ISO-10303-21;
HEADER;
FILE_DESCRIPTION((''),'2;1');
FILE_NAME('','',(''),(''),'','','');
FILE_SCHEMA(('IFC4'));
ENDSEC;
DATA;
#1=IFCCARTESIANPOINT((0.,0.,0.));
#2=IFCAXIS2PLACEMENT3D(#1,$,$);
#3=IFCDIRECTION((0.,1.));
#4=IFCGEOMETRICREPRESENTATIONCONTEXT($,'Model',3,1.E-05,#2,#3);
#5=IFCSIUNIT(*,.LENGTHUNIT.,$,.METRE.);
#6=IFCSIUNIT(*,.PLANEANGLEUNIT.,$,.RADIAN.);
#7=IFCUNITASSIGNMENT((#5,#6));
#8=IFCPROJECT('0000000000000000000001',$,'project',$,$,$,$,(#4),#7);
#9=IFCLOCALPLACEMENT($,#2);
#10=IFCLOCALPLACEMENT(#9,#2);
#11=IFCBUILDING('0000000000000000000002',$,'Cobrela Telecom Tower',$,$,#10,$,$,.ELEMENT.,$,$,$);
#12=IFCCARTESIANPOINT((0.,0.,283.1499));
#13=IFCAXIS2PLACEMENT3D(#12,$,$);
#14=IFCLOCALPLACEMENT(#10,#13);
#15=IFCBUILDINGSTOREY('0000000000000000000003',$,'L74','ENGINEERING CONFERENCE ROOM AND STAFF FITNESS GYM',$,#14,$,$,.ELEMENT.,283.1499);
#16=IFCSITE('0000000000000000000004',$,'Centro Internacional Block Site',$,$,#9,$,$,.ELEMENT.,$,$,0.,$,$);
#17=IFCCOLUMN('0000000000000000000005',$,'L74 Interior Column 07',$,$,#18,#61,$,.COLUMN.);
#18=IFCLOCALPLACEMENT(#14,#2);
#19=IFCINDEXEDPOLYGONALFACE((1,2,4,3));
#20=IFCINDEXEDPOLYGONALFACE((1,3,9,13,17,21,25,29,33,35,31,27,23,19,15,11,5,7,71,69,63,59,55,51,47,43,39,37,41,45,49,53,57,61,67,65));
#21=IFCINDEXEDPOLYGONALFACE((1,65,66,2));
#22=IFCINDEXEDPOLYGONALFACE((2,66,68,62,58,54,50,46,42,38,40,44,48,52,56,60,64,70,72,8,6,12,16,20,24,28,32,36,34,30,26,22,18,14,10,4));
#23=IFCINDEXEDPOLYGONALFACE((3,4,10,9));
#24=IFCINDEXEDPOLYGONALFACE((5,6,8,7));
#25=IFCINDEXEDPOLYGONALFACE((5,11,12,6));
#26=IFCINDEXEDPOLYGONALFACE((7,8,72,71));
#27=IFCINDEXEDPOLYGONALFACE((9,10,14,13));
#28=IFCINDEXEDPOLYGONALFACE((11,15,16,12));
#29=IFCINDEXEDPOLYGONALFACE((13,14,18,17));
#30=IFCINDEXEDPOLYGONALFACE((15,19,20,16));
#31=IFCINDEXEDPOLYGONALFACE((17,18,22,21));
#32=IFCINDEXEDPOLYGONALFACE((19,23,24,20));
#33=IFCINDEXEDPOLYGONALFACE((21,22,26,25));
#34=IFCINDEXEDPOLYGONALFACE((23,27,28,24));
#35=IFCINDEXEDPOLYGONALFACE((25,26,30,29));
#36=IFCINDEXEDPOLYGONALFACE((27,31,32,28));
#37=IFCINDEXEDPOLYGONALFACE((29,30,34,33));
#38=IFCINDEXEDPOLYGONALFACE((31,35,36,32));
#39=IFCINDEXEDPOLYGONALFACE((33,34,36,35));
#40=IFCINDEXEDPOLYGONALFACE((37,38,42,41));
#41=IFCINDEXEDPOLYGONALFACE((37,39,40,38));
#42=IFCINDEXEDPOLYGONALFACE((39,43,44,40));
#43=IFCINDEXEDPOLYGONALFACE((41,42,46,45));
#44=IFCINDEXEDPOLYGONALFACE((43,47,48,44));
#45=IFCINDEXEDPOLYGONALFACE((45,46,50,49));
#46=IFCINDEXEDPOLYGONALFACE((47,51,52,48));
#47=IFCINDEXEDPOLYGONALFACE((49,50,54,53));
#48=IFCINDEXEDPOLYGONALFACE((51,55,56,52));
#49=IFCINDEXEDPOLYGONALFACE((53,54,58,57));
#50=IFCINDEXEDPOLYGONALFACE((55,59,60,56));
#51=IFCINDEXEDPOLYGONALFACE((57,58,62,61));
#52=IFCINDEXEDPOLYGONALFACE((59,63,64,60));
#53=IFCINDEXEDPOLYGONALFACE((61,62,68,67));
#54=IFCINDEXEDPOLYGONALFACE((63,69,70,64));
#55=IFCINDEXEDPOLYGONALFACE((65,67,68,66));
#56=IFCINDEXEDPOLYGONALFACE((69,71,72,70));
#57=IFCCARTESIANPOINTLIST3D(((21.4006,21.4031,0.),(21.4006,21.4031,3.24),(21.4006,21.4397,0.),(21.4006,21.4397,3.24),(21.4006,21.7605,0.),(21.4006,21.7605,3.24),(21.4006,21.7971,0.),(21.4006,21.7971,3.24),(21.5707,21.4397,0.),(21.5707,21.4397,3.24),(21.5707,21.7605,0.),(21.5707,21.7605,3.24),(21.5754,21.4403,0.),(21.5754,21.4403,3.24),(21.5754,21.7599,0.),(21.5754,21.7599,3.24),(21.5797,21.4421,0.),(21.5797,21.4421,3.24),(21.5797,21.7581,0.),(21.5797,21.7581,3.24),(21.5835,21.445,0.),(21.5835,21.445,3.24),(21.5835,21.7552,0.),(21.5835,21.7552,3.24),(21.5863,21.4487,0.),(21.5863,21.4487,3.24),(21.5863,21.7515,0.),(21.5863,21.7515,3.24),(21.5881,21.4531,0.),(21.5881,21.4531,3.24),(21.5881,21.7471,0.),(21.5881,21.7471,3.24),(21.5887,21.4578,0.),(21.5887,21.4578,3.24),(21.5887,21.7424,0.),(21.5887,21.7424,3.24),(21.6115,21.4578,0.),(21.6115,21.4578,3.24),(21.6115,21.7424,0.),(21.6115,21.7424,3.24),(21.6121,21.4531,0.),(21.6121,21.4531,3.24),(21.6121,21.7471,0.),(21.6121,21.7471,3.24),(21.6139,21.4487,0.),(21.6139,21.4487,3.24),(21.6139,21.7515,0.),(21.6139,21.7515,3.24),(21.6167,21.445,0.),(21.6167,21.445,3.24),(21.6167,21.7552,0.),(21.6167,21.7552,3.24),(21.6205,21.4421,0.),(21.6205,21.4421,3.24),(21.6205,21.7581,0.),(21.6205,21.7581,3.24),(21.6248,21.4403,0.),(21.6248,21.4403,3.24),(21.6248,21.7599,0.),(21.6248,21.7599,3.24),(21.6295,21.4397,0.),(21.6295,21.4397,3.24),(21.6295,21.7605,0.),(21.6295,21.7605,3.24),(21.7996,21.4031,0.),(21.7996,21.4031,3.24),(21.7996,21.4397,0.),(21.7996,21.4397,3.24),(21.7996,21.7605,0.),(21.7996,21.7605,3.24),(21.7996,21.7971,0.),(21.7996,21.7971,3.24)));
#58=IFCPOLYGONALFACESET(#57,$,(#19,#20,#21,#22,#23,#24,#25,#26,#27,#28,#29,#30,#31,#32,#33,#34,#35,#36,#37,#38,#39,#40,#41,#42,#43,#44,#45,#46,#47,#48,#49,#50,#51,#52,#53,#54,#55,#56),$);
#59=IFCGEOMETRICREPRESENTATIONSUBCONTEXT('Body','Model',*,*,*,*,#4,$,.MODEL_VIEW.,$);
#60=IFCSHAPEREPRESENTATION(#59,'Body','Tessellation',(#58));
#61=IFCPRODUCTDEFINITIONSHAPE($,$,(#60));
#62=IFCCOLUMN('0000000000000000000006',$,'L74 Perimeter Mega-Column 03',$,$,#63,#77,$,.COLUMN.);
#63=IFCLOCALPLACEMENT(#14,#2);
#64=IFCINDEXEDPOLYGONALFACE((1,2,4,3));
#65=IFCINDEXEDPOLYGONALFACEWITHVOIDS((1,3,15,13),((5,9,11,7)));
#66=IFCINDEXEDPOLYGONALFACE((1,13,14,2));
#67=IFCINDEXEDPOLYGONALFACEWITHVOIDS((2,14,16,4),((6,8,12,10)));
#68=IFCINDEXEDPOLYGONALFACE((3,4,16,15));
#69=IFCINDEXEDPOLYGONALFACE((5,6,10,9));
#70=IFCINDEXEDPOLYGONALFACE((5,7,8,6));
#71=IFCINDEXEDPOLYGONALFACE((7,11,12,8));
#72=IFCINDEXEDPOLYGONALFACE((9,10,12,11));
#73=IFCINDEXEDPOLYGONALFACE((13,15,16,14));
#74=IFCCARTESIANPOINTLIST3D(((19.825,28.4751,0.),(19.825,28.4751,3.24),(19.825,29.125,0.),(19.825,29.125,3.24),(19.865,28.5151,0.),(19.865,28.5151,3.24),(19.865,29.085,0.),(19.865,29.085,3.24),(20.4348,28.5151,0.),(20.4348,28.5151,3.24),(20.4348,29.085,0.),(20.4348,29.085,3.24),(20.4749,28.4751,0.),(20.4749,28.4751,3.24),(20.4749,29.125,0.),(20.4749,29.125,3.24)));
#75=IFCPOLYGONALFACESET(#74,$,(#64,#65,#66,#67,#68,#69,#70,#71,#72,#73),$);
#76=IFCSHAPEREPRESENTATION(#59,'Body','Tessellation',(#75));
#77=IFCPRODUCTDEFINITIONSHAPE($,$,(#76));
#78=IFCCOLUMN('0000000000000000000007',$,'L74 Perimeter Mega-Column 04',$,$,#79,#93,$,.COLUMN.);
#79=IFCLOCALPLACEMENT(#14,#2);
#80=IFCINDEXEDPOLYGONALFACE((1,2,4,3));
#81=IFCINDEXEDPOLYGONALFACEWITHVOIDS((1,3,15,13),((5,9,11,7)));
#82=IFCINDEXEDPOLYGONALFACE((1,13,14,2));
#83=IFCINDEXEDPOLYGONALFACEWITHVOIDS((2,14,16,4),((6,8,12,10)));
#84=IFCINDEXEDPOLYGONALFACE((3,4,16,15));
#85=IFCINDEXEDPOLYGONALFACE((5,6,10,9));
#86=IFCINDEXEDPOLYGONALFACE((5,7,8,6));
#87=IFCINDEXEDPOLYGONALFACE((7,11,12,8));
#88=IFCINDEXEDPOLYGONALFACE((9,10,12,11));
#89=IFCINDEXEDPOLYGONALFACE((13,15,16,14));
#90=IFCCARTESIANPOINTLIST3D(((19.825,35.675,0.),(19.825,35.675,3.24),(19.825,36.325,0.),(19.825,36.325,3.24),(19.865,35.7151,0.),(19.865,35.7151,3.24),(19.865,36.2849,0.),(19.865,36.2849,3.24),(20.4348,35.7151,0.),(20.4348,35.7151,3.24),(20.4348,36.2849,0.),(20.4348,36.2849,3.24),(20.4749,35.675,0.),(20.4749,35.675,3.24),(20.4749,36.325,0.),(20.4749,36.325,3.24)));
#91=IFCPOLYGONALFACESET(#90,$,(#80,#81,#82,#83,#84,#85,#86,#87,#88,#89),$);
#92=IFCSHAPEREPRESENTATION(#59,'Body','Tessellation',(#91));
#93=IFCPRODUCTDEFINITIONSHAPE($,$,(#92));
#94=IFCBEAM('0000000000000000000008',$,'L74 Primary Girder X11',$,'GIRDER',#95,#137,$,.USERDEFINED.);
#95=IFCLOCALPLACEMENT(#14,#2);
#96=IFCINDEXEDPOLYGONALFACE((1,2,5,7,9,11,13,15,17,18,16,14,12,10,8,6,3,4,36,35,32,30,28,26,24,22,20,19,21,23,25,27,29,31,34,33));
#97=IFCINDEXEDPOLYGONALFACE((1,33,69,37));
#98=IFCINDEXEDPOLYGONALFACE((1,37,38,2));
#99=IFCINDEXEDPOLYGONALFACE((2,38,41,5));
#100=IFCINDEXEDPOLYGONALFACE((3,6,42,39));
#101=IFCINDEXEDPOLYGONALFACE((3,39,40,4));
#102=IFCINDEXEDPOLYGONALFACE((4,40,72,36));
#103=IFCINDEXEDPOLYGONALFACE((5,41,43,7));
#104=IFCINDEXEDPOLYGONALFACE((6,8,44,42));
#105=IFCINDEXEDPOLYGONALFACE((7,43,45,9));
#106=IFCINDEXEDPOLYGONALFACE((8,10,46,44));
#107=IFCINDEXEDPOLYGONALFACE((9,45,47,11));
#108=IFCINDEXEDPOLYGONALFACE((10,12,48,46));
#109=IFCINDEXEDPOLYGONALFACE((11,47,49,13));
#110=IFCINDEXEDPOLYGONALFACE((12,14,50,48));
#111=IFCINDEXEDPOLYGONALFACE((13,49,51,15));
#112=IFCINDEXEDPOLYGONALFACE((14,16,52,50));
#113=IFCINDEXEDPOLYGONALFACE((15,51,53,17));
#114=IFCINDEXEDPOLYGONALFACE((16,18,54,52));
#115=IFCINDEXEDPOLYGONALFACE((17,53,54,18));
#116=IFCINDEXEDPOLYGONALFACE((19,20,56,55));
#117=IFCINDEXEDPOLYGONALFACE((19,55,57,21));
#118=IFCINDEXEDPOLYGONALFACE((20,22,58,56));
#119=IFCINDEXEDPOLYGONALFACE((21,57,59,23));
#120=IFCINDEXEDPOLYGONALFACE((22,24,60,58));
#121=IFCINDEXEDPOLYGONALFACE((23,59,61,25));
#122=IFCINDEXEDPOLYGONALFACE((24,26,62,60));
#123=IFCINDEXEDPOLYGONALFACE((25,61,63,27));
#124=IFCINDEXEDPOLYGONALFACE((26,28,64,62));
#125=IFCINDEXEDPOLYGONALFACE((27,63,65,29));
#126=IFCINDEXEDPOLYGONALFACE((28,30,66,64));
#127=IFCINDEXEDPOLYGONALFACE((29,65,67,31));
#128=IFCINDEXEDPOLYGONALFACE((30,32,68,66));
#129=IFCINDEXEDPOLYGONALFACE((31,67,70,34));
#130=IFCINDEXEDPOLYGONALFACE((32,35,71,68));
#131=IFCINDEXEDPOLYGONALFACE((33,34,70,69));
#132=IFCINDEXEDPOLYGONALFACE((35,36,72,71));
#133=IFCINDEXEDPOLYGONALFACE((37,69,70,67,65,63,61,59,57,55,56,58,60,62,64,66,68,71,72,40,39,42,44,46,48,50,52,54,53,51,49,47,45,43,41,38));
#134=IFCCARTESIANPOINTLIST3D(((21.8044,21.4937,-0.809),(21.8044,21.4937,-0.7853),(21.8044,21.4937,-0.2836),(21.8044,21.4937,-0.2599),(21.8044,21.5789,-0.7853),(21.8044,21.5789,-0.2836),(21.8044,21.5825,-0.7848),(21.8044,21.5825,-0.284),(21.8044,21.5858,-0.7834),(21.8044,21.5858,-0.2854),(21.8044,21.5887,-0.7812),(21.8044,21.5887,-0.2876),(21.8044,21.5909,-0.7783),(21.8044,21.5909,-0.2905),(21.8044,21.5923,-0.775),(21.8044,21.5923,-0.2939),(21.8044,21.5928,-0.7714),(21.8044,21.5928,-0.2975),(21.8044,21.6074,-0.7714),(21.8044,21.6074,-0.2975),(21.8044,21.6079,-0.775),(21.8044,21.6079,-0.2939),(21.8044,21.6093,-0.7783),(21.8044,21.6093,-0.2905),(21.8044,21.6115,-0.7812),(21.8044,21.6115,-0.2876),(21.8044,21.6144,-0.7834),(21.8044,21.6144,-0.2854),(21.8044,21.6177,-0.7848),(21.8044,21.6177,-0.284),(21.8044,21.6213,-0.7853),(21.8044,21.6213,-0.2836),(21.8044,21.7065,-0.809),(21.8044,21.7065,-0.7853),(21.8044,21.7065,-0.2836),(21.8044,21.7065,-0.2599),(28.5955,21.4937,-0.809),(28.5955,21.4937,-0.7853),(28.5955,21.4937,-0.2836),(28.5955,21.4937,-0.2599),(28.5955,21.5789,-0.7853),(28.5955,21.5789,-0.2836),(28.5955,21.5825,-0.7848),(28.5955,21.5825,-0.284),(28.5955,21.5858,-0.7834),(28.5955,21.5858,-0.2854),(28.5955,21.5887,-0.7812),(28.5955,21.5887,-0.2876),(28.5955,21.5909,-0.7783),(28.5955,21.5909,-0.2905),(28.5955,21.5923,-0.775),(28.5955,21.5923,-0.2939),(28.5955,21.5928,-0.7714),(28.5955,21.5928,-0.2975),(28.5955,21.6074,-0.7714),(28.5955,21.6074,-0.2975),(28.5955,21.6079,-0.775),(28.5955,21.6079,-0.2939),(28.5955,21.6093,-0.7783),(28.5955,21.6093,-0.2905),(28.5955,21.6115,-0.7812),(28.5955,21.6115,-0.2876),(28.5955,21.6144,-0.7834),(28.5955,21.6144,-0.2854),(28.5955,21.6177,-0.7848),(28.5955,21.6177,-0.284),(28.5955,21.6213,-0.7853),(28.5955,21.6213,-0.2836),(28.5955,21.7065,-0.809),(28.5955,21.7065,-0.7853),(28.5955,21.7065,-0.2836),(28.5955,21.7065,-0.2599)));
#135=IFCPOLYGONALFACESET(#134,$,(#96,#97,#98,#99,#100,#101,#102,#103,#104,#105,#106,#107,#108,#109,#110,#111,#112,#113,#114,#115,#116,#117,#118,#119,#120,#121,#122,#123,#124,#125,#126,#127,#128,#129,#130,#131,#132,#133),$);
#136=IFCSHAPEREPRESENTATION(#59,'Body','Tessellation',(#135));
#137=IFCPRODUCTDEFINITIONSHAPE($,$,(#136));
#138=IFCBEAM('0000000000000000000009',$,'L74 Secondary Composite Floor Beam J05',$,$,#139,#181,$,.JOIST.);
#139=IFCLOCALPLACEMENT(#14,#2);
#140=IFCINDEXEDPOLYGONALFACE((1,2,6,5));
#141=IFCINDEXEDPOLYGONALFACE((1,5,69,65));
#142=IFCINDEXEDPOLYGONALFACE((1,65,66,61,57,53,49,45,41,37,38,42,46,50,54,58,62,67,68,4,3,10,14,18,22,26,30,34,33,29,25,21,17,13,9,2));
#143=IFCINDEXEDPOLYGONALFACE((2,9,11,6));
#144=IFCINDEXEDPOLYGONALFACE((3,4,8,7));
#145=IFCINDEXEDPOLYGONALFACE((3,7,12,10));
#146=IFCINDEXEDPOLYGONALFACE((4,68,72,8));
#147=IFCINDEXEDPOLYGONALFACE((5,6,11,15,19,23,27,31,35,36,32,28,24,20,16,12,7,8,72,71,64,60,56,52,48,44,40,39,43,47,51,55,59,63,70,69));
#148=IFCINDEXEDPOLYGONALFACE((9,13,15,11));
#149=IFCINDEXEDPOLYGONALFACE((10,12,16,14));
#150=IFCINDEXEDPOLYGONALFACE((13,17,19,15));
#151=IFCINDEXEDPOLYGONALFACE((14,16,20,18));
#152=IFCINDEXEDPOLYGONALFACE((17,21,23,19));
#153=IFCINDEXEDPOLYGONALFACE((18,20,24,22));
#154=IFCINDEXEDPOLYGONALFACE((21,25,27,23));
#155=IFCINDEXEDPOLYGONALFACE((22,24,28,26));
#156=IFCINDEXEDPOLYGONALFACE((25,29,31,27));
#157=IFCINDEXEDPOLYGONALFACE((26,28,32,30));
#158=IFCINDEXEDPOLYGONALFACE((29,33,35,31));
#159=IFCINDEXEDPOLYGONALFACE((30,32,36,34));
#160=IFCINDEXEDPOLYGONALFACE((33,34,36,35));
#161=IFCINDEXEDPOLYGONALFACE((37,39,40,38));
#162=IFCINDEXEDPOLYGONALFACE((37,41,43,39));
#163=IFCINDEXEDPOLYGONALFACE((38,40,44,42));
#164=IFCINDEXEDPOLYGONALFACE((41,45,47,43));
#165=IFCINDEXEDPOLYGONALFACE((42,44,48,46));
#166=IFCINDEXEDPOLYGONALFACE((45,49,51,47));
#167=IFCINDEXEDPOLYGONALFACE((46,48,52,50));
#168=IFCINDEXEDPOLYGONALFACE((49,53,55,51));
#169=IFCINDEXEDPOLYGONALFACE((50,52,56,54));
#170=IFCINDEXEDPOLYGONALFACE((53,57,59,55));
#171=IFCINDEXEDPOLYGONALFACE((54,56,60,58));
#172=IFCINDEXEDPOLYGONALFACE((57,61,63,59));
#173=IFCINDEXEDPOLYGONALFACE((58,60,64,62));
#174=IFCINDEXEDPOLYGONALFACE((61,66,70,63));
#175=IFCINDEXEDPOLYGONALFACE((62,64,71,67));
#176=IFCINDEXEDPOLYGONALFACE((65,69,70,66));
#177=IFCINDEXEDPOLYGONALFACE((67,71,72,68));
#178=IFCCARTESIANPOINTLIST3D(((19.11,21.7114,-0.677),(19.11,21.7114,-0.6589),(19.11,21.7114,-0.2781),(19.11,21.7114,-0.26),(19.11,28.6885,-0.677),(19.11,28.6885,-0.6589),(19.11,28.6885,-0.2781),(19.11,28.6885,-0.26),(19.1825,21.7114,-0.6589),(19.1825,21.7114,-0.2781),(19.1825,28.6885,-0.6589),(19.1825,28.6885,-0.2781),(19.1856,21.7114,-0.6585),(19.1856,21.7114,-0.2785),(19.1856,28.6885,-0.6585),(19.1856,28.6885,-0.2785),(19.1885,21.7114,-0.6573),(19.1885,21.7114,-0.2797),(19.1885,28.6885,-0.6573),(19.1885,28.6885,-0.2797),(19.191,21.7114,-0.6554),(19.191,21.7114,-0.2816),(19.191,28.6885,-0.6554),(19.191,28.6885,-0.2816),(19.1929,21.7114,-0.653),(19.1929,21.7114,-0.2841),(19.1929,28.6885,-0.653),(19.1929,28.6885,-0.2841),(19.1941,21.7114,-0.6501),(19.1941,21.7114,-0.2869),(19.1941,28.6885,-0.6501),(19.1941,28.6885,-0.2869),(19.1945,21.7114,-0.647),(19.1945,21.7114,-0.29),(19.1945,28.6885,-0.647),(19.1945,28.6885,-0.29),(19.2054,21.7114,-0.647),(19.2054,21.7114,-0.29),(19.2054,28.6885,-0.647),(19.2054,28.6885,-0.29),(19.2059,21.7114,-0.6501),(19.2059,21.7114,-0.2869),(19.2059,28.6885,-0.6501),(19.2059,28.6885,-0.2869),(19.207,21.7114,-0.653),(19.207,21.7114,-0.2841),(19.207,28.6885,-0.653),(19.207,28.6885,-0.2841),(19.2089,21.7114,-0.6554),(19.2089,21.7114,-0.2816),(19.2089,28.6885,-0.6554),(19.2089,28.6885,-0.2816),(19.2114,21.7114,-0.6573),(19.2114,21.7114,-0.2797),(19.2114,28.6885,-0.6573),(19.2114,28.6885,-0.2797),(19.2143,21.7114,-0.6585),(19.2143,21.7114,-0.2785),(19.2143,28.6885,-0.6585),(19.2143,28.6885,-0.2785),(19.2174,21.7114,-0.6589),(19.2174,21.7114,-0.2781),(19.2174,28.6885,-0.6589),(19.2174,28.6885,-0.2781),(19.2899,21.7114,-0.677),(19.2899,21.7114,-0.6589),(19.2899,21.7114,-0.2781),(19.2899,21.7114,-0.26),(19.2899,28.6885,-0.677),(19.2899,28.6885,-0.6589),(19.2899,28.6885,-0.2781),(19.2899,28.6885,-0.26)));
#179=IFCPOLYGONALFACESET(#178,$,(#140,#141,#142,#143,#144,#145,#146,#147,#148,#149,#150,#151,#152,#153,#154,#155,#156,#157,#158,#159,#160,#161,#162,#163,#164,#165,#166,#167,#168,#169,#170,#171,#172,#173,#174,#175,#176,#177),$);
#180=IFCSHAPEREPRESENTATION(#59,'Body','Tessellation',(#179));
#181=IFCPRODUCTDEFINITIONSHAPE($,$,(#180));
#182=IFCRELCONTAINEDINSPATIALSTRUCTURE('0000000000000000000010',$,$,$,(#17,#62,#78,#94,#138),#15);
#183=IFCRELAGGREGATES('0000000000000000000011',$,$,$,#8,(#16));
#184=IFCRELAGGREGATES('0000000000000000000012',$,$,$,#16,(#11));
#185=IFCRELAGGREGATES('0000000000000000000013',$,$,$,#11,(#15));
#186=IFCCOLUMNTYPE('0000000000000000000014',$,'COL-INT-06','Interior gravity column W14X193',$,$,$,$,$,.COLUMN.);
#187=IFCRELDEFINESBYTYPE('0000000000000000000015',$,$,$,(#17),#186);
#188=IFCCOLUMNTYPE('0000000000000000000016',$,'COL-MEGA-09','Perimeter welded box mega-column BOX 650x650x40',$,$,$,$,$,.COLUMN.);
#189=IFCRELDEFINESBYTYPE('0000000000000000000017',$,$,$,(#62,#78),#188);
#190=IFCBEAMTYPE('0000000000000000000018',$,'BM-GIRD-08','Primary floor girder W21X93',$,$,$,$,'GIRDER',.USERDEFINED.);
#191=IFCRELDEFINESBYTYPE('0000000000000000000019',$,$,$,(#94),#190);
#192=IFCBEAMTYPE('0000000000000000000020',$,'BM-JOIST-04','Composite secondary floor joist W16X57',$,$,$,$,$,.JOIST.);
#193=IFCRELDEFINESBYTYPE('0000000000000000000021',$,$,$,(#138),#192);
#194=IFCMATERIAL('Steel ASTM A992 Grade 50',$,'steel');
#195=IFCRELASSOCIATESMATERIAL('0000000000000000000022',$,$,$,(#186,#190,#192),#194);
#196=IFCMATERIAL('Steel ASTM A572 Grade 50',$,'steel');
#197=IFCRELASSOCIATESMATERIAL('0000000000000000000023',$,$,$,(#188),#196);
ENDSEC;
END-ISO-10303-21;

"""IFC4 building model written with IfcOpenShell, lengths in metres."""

from ifc_helpers import new_model, si_unit, direction, frame, origin, origin_2d, place, context, subcontext, project, spatial, hollow_rectangle, i_section, extrude, material, material_profile, profile_set, type_object, element, save


model = new_model("IFC4")

# Units and contexts
model_context = context("Model", 3, precision=1e-05, world=origin(), true_north=direction((0.0, 1.0)))
body_context = subcontext(model_context, "Body", "Model", "MODEL_VIEW")
ifc_project = project(units=[si_unit("LENGTHUNIT", "METRE"), si_unit("PLANEANGLEUNIT", "RADIAN")], contexts=[model_context])

# Site, building, storey
site_placement = place(None, origin())
site = spatial("IfcSite", under=ifc_project, at=site_placement, Name="Centro Internacional Block Site", CompositionType="ELEMENT", RefElevation=0.0)
building_placement = place(site_placement, origin())
building = spatial("IfcBuilding", under=site, at=building_placement, Name="Cobrela Telecom Tower", CompositionType="ELEMENT")
storey_placement = place(building_placement, frame((0.0, 0.0, 283.1499)))
storey = spatial("IfcBuildingStorey", under=building, at=storey_placement, Name="L74", Description="ENGINEERING CONFERENCE ROOM AND STAFF FITNESS GYM", CompositionType="ELEMENT", Elevation=283.1499)

# Columns
ifc_material_1 = material(Name="Steel ASTM A992 Grade 50", Category="steel")
ifc_material_profile_1 = material_profile(ifc_material_1, i_section(OverallWidth=0.3989, OverallDepth=0.394, WebThickness=0.0227, FlangeThickness=0.0366, FilletRadius=0.0181, at=origin_2d()), Name="W14X193")
ifc_profile_set_1 = profile_set([ifc_material_profile_1], Name="Steel ASTM A992 Grade 50")
column_type_1 = type_object("IfcColumnType", Name="COL-INT-06", Description="Interior gravity column W14X193", PredefinedType="COLUMN", material=ifc_profile_set_1)
column_placement = place(storey_placement, frame((21.6001, 21.6001, 0.0), z_axis=(0.0, 0.0, 1.0), x_axis=(1.0, 0.0, 0.0)))
element("IfcColumn", 1, at=column_placement, inside=storey, type_object=column_type_1, Name="L74 Interior Column 07", PredefinedType="COLUMN", context=body_context, shape_type="SweptSolid", body=[
    extrude(i_section(OverallWidth=0.3989, OverallDepth=0.394, WebThickness=0.0227, FlangeThickness=0.0366, FilletRadius=0.0181, at=origin_2d()), origin(), (0.0, 0.0, 1.0), 3.24),
])
ifc_material_2 = material(Name="Steel ASTM A572 Grade 50", Category="steel")
ifc_material_profile_2 = material_profile(ifc_material_2, hollow_rectangle(XDim=0.6499, YDim=0.6499, WallThickness=0.04, at=origin_2d()), Name="BOX 650x650x40")
ifc_profile_set_2 = profile_set([ifc_material_profile_2], Name="Steel ASTM A572 Grade 50")
column_type_2 = type_object("IfcColumnType", Name="COL-MEGA-09", Description="Perimeter welded box mega-column BOX 650x650x40", PredefinedType="COLUMN", material=ifc_profile_set_2)
for number, where, z_axis, x_axis, name in (
    (2, (20.1499, 28.8, 0.0), (0.0, 0.0, 1.0), (1.0, 0.0, 0.0), "L74 Perimeter Mega-Column 03"),
    (3, (20.1499, 36.0, 0.0), (0.0, 0.0, 1.0), (1.0, 0.0, 0.0), "L74 Perimeter Mega-Column 04"),
):
    element("IfcColumn", number, at=place(storey_placement, frame(where, z_axis=z_axis, x_axis=x_axis)), inside=storey, type_object=column_type_2, Name=name, PredefinedType="COLUMN", context=body_context, shape_type="SweptSolid", body=[
        extrude(hollow_rectangle(XDim=0.6499, YDim=0.6499, WallThickness=0.04, at=origin_2d()), origin(), (0.0, 0.0, 1.0), 3.24),
    ])

# Beams
ifc_material_profile_3 = material_profile(ifc_material_1, i_section(OverallWidth=0.2129, OverallDepth=0.5491, WebThickness=0.0146, FlangeThickness=0.0237, FilletRadius=0.0139, at=origin_2d()), Name="W21X93")
ifc_profile_set_3 = profile_set([ifc_material_profile_3], Name="Steel ASTM A992 Grade 50")
beam_type_1 = type_object("IfcBeamType", Name="BM-GIRD-08", Description="Primary floor girder W21X93", ElementType="GIRDER", PredefinedType="USERDEFINED", material=ifc_profile_set_3)
beam_1_placement = place(storey_placement, frame((21.8044, 21.6001, -0.5344), z_axis=(1.0, 0.0, 0.0), x_axis=(0.0, 1.0, 0.0)))
element("IfcBeam", 4, at=beam_1_placement, inside=storey, type_object=beam_type_1, Name="L74 Primary Girder X11", ObjectType="GIRDER", PredefinedType="USERDEFINED", context=body_context, shape_type="SweptSolid", body=[
    extrude(i_section(OverallWidth=0.2129, OverallDepth=0.5491, WebThickness=0.0146, FlangeThickness=0.0237, FilletRadius=0.0139, at=origin_2d()), origin(), (0.0, 0.0, 1.0), 6.791),
])
ifc_material_profile_4 = material_profile(ifc_material_1, i_section(OverallWidth=0.1799, OverallDepth=0.417, WebThickness=0.011, FlangeThickness=0.0181, FilletRadius=0.012, at=origin_2d()), Name="W16X57")
ifc_profile_set_4 = profile_set([ifc_material_profile_4], Name="Steel ASTM A992 Grade 50")
beam_type_2 = type_object("IfcBeamType", Name="BM-JOIST-04", Description="Composite secondary floor joist W16X57", PredefinedType="JOIST", material=ifc_profile_set_4)
beam_2_placement = place(storey_placement, frame((19.2, 21.7114, -0.4685), z_axis=(0.0, 1.0, 0.0), x_axis=(-1.0, 0.0, 0.0)))
element("IfcBeam", 5, at=beam_2_placement, inside=storey, type_object=beam_type_2, Name="L74 Secondary Composite Floor Beam J05", PredefinedType="JOIST", context=body_context, shape_type="SweptSolid", body=[
    extrude(i_section(OverallWidth=0.1799, OverallDepth=0.417, WebThickness=0.011, FlangeThickness=0.0181, FilletRadius=0.012, at=origin_2d()), origin(), (0.0, 0.0, 1.0), 6.9771),
])

save(model, "model.ifc")
